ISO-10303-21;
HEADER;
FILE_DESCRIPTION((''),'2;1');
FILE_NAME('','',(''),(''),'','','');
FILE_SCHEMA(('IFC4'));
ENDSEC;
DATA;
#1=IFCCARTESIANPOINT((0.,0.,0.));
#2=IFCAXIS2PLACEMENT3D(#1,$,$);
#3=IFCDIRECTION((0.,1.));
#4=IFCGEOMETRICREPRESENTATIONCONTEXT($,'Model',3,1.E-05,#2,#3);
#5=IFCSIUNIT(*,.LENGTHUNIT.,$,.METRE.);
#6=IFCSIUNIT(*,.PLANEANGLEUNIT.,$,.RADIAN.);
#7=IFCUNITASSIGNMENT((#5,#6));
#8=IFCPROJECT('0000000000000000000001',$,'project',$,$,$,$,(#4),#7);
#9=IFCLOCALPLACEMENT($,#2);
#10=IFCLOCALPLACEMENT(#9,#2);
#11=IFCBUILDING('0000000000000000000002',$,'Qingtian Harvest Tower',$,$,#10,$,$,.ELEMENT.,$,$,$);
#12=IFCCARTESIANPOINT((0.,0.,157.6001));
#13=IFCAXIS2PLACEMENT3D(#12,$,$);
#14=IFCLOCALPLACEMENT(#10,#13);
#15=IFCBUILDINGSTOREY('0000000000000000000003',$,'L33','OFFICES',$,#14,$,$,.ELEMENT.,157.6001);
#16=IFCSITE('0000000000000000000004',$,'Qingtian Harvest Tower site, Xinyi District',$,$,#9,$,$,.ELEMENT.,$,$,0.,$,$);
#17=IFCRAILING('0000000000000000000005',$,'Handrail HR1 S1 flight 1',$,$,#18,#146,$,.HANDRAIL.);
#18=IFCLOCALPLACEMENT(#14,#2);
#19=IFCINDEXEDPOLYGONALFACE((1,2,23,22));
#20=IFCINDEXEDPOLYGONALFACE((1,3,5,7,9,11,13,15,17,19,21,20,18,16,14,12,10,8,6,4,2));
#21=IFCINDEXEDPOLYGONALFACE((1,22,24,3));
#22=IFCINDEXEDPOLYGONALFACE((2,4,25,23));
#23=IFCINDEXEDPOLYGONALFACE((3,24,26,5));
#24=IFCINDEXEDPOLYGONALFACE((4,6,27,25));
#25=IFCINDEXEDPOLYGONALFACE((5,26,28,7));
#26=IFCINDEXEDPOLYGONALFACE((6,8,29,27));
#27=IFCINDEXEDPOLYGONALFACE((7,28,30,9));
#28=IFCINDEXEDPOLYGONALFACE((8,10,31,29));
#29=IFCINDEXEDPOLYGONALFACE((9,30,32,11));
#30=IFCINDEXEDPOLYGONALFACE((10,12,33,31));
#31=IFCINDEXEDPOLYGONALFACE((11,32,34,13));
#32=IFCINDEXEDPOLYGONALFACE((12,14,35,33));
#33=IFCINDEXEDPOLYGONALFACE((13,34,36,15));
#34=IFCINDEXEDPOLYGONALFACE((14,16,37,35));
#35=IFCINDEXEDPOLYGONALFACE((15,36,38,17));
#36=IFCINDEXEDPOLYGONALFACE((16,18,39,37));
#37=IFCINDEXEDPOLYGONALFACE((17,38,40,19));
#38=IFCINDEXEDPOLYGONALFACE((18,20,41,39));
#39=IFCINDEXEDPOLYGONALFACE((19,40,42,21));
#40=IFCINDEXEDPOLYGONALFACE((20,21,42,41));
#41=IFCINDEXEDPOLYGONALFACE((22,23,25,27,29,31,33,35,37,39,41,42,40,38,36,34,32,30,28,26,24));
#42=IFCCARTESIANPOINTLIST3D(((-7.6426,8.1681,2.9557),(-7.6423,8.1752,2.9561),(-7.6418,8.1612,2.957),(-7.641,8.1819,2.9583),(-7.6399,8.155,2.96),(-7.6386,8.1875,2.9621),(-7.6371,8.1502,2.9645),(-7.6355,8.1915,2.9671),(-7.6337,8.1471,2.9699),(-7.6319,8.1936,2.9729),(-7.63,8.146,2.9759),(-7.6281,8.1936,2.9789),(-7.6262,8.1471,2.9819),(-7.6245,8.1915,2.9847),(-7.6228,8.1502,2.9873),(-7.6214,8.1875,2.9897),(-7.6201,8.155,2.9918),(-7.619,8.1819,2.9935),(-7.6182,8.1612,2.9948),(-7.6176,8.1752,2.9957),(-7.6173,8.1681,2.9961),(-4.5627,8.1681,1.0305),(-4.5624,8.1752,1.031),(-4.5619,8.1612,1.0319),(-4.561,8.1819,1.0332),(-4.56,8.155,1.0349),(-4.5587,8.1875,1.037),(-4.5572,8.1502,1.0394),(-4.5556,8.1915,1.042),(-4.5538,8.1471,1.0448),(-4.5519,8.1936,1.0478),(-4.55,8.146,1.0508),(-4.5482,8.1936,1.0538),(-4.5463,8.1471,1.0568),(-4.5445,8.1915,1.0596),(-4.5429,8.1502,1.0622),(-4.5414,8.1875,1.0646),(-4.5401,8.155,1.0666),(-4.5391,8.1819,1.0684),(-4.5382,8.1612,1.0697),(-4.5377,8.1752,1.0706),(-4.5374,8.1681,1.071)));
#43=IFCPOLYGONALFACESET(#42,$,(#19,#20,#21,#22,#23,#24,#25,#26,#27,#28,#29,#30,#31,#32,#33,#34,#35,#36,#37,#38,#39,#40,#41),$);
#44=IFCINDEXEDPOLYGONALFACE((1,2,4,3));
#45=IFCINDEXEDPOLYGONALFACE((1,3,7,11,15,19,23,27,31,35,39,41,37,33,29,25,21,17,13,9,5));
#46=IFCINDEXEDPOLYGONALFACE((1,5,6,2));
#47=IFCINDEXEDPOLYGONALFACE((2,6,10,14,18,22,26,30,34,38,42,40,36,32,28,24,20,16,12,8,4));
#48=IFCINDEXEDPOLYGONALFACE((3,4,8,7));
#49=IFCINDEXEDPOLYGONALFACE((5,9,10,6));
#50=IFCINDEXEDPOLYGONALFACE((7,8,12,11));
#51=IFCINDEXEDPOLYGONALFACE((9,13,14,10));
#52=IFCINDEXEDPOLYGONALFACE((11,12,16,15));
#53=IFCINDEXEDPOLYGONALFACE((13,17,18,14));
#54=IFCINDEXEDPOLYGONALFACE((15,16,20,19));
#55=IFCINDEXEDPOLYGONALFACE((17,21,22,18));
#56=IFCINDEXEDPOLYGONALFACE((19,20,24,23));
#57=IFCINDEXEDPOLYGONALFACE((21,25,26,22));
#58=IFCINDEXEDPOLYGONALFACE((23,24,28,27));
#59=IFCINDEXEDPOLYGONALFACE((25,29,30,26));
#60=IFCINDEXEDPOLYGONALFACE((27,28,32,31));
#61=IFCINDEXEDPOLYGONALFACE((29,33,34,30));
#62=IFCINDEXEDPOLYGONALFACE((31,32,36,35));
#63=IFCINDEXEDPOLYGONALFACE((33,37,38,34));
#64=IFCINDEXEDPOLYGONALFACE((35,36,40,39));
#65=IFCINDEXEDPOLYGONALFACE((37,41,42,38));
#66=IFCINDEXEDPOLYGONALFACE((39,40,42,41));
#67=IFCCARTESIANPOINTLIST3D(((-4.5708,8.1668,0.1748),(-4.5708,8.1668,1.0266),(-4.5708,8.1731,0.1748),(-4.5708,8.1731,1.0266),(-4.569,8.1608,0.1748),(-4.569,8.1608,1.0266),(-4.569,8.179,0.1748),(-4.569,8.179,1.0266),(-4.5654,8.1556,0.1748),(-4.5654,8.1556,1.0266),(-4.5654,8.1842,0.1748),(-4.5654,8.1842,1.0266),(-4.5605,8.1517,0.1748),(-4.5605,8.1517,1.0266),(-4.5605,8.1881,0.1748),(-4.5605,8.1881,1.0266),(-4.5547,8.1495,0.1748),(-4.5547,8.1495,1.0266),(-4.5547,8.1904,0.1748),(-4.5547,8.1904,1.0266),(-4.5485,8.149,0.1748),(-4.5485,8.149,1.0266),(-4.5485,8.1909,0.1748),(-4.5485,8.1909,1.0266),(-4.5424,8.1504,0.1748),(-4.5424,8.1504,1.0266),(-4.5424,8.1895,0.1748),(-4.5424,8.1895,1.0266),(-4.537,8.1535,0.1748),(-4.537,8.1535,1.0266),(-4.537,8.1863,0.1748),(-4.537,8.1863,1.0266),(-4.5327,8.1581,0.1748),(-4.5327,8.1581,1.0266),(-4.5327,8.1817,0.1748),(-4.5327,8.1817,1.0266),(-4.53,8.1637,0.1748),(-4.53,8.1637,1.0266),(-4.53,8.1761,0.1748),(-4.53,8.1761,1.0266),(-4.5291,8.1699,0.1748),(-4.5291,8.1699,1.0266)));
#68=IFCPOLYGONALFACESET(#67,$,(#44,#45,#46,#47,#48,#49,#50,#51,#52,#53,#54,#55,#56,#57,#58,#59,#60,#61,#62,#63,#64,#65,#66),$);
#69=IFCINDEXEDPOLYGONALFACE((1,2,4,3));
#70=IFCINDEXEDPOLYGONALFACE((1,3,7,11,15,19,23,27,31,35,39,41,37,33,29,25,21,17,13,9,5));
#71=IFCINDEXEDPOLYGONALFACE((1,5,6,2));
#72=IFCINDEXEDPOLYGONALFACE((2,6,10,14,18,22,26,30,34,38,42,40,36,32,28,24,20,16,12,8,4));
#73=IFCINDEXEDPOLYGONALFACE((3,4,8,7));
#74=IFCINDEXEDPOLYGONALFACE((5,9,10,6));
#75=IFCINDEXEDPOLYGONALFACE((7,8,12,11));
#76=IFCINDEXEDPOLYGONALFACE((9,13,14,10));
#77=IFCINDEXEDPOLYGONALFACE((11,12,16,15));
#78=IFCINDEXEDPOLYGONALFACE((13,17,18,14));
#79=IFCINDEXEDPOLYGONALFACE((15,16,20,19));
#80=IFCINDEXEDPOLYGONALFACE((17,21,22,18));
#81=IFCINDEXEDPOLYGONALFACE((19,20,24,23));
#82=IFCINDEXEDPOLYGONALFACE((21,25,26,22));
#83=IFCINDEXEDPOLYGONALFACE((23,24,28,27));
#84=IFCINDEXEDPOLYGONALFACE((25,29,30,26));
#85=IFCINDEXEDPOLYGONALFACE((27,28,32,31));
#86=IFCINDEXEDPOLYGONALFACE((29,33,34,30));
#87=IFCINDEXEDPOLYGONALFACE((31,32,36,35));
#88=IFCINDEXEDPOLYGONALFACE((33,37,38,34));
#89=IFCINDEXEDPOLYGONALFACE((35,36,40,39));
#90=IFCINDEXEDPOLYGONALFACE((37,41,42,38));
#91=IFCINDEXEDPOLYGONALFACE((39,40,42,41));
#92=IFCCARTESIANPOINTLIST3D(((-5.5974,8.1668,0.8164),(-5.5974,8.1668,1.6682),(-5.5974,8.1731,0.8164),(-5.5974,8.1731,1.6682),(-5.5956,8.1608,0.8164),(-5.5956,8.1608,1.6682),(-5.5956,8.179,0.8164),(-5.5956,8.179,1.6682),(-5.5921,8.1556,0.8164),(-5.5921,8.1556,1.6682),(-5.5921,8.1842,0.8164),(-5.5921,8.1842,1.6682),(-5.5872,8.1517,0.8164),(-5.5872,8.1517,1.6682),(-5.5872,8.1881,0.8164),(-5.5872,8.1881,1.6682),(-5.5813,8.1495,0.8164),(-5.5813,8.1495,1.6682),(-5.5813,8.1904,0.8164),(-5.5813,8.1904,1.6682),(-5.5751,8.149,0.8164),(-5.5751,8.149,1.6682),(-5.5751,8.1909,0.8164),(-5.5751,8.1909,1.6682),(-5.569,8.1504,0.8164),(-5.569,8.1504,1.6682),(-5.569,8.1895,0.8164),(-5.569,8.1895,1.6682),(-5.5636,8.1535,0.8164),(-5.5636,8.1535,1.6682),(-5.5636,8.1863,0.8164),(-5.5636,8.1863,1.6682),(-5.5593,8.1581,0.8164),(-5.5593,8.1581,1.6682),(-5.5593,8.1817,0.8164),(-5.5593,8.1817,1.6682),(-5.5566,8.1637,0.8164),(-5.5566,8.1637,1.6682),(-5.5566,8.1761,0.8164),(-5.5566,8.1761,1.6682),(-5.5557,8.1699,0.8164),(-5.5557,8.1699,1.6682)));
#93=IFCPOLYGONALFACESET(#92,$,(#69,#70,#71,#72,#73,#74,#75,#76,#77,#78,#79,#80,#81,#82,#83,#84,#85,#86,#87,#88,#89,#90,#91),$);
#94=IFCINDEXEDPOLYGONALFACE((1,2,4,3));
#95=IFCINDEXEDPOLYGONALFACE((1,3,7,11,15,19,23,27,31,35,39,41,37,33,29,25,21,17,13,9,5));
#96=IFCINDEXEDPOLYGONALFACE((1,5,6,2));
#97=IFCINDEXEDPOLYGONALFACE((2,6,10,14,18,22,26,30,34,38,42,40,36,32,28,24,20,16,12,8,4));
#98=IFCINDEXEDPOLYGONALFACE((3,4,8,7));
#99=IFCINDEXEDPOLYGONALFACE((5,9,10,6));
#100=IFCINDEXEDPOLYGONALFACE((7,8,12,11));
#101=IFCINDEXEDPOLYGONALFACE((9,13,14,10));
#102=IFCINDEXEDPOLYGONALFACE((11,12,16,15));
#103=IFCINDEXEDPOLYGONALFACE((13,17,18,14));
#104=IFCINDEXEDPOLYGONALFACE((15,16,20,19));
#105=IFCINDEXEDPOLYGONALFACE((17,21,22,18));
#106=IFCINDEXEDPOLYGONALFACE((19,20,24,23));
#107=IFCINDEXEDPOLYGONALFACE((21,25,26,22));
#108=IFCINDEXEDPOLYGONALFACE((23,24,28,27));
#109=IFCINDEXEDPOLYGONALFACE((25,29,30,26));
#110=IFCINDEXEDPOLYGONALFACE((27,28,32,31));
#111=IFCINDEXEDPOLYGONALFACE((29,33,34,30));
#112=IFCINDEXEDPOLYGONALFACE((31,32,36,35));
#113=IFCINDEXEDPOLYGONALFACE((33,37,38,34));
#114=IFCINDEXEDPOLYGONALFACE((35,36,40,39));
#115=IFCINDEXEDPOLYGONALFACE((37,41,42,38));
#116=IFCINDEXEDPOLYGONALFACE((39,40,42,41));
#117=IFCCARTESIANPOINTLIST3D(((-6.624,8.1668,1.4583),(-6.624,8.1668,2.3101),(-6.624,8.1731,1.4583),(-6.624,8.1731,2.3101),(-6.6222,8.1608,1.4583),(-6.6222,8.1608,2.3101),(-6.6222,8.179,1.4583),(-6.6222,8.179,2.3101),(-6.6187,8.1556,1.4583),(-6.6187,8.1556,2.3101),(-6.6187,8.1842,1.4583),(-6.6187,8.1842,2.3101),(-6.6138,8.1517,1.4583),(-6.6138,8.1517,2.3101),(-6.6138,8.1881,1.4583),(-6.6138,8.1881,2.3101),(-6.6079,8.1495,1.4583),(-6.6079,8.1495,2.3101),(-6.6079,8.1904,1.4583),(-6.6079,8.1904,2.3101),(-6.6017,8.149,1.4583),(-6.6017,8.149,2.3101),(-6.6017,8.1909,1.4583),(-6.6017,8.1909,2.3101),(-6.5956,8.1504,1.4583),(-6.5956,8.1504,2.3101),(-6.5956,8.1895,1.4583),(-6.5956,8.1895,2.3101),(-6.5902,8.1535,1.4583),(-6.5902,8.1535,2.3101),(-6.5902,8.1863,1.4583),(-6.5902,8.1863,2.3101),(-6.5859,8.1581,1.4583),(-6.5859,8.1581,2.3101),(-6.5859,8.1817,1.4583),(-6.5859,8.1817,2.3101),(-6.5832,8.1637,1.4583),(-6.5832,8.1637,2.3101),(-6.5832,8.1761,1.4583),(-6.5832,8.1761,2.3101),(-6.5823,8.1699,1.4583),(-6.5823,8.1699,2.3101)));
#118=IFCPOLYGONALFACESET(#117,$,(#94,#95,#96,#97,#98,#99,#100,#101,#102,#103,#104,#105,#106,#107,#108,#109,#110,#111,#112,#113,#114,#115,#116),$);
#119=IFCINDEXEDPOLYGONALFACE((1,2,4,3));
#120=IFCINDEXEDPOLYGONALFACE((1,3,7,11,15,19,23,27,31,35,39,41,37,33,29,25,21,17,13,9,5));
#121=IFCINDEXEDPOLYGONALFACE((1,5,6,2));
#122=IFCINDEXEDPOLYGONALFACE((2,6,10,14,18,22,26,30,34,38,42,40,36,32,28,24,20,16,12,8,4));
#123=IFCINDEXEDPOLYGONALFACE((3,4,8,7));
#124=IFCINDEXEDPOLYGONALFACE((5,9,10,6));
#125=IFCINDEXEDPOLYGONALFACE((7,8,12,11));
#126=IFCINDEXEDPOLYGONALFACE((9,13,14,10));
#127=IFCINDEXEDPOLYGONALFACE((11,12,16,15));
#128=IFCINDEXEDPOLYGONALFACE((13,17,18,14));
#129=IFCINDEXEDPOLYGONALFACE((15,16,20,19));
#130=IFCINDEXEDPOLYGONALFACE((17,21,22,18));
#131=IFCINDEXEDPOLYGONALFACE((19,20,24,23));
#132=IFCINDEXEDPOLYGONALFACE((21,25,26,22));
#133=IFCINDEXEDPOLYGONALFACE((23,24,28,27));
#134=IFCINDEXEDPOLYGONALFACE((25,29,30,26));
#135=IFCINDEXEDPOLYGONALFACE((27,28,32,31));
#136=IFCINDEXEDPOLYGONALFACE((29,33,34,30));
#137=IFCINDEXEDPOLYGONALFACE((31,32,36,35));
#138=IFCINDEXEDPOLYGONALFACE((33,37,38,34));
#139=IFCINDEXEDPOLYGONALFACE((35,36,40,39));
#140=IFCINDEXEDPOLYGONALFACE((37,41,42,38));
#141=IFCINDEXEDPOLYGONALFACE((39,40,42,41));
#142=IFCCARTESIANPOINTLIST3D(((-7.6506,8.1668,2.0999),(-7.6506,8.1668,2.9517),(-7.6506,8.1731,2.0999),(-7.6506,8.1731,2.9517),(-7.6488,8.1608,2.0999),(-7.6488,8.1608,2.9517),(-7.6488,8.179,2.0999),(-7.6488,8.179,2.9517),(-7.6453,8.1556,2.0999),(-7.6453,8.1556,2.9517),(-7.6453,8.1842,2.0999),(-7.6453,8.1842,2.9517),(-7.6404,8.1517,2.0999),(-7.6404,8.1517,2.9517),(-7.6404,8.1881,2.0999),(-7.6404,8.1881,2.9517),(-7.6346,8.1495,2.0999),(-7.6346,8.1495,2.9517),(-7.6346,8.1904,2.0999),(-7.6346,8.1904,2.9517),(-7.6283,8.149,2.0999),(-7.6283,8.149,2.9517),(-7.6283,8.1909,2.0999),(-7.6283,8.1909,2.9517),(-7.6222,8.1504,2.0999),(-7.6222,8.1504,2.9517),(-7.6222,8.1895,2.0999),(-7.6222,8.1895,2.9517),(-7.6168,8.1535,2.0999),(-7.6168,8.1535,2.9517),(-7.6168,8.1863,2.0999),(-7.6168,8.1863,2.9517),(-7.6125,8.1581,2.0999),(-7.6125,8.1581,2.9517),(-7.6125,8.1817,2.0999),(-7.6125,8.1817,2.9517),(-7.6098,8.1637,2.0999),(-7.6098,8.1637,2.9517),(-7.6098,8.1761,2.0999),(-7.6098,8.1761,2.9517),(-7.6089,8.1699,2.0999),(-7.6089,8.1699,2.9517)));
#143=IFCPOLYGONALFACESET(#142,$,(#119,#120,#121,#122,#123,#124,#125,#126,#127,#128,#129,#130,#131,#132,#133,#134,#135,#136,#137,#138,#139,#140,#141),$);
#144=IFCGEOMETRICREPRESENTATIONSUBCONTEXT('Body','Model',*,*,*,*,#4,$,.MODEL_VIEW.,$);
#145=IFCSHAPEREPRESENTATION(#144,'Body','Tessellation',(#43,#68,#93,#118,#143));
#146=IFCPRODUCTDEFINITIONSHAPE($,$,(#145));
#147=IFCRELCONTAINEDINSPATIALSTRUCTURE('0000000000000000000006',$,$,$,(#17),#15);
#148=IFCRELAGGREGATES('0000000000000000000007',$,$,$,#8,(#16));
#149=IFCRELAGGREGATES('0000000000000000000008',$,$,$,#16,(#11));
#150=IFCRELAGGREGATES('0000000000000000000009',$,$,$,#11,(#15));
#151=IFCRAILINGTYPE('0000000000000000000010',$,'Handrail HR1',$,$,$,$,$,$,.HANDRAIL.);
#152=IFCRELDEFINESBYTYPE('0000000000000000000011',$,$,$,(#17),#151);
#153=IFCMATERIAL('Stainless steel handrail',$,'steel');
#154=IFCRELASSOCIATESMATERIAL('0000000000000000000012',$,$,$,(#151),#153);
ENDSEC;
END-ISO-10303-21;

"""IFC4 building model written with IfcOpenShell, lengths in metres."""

from ifc_helpers import new_model, si_unit, direction, frame, origin, origin_2d, place, context, subcontext, project, spatial, circle, extrude, material, type_object, element, save


model = new_model("IFC4")

# Units and contexts
model_context = context("Model", 3, precision=1e-05, world=origin(), true_north=direction((0.0, 1.0)))
body_context = subcontext(model_context, "Body", "Model", "MODEL_VIEW")
ifc_project = project(units=[si_unit("LENGTHUNIT", "METRE"), si_unit("PLANEANGLEUNIT", "RADIAN")], contexts=[model_context])

# Site, building, storey
site_placement = place(None, origin())
site = spatial("IfcSite", under=ifc_project, at=site_placement, Name="Qingtian Harvest Tower site, Xinyi District", CompositionType="ELEMENT", RefElevation=0.0)
building_placement = place(site_placement, origin())
building = spatial("IfcBuilding", under=site, at=building_placement, Name="Qingtian Harvest Tower", CompositionType="ELEMENT")
storey_placement = place(building_placement, frame((0.0, 0.0, 157.6001)))
storey = spatial("IfcBuildingStorey", under=building, at=storey_placement, Name="L33", Description="OFFICES", CompositionType="ELEMENT", Elevation=157.6001)

# Railing
ifc_material_1 = material(Name="Stainless steel handrail", Category="steel")
railing_type = type_object("IfcRailingType", Name="Handrail HR1", PredefinedType="HANDRAIL", material=ifc_material_1)
railing_1_placement = place(storey_placement, frame((-4.55, 8.1699, 0.1748)))
element("IfcRailing", 1, at=railing_1_placement, inside=storey, type_object=railing_type, Name="Handrail HR1 S1 flight 1", PredefinedType="HANDRAIL", context=body_context, shape_type="SweptSolid", body=[
    extrude(circle(Radius=0.0239, at=origin_2d()), frame((0.0, 0.0, 0.876), z_axis=(-0.847979, 0.0, 0.530029), x_axis=(0.0, -1.0, 0.0)), (0.0, 0.0, 1.0), 3.6321),
    extrude(circle(Radius=0.021, at=origin_2d()), origin(), (0.0, 0.0, 1.0), 0.8518),
    extrude(circle(Radius=0.021, at=origin_2d()), frame((-1.0266, 0.0, 0.6416)), (0.0, 0.0, 1.0), 0.8518),
    extrude(circle(Radius=0.021, at=origin_2d()), frame((-2.0532, 0.0, 1.2834)), (0.0, 0.0, 1.0), 0.8518),
    extrude(circle(Radius=0.021, at=origin_2d()), frame((-3.0798, 0.0, 1.925)), (0.0, 0.0, 1.0), 0.8518),
])

save(model, "model.ifc")
